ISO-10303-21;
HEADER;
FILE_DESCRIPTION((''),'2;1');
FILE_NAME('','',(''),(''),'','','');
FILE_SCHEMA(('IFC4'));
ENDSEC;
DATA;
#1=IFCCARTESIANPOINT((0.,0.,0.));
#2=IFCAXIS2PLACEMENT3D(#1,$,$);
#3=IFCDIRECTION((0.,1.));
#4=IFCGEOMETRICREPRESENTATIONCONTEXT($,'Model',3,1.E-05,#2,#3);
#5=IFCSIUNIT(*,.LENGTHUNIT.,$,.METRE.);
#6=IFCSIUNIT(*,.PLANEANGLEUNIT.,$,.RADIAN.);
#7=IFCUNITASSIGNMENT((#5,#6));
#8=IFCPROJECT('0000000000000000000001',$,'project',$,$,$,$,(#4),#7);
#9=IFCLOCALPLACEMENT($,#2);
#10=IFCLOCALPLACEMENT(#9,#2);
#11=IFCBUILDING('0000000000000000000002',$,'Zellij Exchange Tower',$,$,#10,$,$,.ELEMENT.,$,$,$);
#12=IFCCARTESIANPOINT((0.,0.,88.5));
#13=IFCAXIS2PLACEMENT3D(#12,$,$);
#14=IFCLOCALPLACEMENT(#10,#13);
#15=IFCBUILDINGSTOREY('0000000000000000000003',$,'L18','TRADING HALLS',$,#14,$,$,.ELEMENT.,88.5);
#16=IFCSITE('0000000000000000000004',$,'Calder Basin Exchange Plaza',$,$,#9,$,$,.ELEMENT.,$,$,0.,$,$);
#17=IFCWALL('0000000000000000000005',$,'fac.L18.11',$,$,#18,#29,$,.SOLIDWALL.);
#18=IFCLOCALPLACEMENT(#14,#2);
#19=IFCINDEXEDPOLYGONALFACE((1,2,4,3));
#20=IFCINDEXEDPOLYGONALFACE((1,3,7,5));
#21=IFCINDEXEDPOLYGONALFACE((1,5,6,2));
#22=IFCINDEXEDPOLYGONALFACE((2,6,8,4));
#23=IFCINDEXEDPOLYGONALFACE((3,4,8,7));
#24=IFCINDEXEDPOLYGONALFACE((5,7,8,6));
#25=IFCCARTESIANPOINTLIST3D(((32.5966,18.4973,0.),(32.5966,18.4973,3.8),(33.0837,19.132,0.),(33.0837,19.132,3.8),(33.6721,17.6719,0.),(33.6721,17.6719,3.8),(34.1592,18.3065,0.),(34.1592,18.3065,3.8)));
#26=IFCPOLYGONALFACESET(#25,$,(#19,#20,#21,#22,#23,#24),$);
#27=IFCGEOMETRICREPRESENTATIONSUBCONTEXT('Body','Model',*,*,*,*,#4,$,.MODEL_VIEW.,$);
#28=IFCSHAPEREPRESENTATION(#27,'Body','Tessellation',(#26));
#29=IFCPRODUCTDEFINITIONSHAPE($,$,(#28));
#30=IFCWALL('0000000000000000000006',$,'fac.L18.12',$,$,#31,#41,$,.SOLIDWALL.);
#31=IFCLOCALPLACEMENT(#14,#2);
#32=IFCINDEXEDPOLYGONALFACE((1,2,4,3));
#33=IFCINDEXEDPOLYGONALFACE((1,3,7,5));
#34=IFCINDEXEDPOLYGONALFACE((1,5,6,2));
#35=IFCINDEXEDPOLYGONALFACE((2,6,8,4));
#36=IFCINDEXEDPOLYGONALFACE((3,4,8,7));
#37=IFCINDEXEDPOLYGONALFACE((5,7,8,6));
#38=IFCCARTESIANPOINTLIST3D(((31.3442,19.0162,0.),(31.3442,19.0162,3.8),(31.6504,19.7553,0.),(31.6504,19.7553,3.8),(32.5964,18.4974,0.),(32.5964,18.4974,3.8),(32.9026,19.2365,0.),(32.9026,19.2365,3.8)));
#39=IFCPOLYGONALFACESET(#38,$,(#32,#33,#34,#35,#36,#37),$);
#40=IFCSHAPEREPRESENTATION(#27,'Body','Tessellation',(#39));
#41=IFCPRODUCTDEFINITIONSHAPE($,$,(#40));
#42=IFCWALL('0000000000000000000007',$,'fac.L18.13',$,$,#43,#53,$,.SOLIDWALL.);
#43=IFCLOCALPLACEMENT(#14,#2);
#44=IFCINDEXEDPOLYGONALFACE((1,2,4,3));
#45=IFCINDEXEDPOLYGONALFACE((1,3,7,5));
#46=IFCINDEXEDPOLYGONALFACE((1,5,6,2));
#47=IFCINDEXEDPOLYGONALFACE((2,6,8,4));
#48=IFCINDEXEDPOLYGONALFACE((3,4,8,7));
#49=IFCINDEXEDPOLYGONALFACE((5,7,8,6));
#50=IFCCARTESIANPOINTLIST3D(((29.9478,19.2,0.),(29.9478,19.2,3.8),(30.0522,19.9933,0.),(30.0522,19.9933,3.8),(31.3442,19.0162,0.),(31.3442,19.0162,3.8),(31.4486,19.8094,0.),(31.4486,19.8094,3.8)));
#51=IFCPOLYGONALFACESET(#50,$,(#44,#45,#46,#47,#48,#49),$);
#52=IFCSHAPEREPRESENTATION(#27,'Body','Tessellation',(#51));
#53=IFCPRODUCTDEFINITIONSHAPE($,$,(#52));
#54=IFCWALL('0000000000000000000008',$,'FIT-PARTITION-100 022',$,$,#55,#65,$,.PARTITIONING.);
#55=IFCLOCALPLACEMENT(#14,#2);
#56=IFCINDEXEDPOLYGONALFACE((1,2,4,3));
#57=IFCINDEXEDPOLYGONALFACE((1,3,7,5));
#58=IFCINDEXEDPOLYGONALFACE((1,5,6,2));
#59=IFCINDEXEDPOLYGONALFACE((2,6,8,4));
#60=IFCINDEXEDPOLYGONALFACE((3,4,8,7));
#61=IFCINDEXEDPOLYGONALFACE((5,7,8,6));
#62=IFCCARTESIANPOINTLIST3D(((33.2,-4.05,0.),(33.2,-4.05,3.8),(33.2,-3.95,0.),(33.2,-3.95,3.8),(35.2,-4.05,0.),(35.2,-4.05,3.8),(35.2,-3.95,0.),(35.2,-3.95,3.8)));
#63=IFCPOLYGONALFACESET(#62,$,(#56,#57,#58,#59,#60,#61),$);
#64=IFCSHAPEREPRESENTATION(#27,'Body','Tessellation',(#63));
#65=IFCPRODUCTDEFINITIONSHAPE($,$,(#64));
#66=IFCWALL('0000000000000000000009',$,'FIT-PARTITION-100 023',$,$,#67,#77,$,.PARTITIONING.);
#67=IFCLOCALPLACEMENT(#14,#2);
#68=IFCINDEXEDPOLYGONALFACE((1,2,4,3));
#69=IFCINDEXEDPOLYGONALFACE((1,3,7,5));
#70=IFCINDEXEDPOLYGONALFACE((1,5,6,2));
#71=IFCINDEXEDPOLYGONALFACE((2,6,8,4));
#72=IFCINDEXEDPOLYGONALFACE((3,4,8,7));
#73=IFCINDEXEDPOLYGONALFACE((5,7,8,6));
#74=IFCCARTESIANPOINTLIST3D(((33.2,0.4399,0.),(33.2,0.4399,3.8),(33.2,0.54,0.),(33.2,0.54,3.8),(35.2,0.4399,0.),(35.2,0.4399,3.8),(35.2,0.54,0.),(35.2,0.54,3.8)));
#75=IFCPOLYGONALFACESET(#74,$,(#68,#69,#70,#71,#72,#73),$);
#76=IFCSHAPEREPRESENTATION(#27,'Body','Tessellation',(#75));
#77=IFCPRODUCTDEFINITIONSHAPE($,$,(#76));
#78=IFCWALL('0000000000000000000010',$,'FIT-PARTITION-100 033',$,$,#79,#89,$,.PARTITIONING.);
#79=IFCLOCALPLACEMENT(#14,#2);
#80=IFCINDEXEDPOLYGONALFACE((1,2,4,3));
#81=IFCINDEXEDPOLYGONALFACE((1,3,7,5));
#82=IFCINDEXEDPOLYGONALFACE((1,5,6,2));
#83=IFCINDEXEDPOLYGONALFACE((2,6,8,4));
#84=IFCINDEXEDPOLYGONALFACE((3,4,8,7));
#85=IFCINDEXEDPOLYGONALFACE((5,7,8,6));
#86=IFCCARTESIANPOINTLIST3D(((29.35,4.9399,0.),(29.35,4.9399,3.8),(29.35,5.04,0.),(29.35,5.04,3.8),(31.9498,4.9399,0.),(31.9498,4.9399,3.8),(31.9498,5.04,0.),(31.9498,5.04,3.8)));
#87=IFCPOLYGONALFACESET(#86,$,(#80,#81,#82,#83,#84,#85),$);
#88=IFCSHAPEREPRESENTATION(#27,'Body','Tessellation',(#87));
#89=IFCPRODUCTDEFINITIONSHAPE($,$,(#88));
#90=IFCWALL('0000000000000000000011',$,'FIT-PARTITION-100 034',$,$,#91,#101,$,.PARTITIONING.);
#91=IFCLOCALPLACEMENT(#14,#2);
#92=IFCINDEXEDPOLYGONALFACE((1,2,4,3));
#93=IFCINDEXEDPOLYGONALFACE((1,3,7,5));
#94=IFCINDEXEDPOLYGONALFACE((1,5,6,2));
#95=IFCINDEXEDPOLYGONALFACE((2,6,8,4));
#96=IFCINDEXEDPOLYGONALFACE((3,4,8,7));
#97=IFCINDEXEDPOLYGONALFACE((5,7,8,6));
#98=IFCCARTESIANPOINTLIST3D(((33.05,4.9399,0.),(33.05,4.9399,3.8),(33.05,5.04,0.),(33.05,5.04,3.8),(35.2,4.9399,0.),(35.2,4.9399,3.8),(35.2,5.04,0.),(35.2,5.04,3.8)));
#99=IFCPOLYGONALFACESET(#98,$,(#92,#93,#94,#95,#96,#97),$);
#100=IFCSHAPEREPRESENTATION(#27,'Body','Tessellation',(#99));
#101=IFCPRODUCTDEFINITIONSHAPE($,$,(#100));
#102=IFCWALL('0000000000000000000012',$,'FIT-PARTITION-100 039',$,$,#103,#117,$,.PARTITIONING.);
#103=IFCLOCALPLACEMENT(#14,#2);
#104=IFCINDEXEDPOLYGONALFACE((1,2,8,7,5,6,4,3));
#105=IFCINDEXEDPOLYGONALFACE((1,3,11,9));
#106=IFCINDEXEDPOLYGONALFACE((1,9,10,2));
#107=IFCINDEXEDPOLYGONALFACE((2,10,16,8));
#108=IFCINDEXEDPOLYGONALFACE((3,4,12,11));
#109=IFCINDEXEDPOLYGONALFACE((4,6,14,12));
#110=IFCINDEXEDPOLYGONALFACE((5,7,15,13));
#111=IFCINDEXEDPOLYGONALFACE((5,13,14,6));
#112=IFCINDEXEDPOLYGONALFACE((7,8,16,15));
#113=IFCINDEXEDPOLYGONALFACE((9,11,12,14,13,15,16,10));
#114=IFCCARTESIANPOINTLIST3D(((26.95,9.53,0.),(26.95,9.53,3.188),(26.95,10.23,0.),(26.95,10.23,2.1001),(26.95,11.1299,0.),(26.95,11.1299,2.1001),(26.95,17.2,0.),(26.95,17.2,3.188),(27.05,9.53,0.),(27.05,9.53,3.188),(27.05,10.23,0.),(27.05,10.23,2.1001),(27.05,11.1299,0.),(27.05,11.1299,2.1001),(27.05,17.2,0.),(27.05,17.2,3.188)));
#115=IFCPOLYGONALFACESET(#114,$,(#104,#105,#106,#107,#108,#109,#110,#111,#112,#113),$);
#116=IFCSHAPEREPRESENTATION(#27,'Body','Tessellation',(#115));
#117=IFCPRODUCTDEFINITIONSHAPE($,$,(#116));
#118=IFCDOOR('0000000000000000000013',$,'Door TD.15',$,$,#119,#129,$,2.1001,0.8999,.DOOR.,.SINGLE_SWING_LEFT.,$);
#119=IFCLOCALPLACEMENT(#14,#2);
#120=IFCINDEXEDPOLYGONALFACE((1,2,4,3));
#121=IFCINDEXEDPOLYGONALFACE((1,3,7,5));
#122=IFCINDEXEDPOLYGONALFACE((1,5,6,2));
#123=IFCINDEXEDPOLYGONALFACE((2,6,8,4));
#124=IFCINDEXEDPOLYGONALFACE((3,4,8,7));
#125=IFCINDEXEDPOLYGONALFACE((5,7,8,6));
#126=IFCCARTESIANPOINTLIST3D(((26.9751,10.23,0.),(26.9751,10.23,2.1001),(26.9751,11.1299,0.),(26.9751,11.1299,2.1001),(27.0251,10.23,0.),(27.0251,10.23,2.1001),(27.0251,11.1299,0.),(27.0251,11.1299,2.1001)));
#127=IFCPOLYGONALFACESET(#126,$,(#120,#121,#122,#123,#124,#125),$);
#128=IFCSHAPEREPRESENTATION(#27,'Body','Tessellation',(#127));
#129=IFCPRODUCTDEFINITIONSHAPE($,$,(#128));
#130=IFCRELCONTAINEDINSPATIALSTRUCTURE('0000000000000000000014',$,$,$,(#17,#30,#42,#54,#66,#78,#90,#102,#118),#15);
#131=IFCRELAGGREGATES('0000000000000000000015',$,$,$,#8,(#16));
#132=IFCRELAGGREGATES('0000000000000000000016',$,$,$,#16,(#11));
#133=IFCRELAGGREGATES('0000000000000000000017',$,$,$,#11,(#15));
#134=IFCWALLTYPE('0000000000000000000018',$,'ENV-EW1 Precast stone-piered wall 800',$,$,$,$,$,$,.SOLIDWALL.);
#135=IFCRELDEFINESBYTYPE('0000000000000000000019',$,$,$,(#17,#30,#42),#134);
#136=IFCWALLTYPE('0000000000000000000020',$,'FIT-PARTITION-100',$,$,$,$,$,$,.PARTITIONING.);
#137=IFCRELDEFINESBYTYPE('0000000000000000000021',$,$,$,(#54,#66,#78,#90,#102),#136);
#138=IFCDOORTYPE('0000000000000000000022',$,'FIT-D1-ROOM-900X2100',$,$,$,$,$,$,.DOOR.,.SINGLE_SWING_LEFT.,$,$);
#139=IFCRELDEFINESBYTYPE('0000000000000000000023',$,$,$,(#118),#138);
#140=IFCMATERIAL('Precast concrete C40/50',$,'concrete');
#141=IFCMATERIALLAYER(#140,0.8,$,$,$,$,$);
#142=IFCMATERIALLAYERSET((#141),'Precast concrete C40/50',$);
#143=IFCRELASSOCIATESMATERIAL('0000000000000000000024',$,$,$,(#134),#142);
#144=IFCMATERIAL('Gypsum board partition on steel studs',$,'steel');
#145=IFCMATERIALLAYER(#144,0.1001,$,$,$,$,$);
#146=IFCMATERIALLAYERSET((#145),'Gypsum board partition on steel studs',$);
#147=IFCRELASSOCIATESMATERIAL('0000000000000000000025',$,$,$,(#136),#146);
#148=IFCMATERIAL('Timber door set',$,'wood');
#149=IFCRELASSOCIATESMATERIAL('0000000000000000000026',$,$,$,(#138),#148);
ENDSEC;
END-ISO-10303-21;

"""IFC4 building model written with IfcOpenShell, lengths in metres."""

from ifc_helpers import new_model, si_unit, direction, frame, frame_2d, origin, place, context, subcontext, project, spatial, rectangle, extrude, material, layer, layer_set, type_object, element, fill, save


model = new_model("IFC4")

# Units and contexts
model_context = context("Model", 3, precision=1e-05, world=origin(), true_north=direction((0.0, 1.0)))
body_context = subcontext(model_context, "Body", "Model", "MODEL_VIEW")
ifc_project = project(units=[si_unit("LENGTHUNIT", "METRE"), si_unit("PLANEANGLEUNIT", "RADIAN")], contexts=[model_context])

# Site, building, storey
site_placement = place(None, origin())
site = spatial("IfcSite", under=ifc_project, at=site_placement, Name="Calder Basin Exchange Plaza", CompositionType="ELEMENT", RefElevation=0.0)
building_placement = place(site_placement, origin())
building = spatial("IfcBuilding", under=site, at=building_placement, Name="Zellij Exchange Tower", CompositionType="ELEMENT")
storey_placement = place(building_placement, frame((0.0, 0.0, 88.5)))
storey = spatial("IfcBuildingStorey", under=building, at=storey_placement, Name="L18", Description="TRADING HALLS", CompositionType="ELEMENT", Elevation=88.5)

# Walls
ifc_material_1 = material(Name="Precast concrete C40/50", Category="concrete")
ifc_layer_1 = layer(ifc_material_1, 0.8)
ifc_layer_set_1 = layer_set([ifc_layer_1], Name="Precast concrete C40/50")
wall_type_1 = type_object("IfcWallType", Name="ENV-EW1 Precast stone-piered wall 800", PredefinedType="SOLIDWALL", material=ifc_layer_set_1)
for number, where, z_axis, x_axis, name in (
    (1, (33.9155, 17.9893, 0.0), (0.0, 0.0, 1.0), (-0.793273, 0.608866, 0.0), "fac.L18.11"),
):
    element("IfcWall", number, at=place(storey_placement, frame(where, z_axis=z_axis, x_axis=x_axis)), inside=storey, type_object=wall_type_1, Name=name, PredefinedType="SOLIDWALL", context=body_context, shape_type="SweptSolid", body=[
        extrude(rectangle(XDim=1.3557, YDim=0.8, at=frame_2d((0.6777, 0.0))), origin(), (0.0, 0.0, 1.0), 3.8),
    ])
wall_1_placement = place(storey_placement, frame((32.7495, 18.8669, 0.0), z_axis=(0.0, 0.0, 1.0), x_axis=(-0.923848, 0.38276, 0.0)))
element("IfcWall", 2, at=wall_1_placement, inside=storey, type_object=wall_type_1, Name="fac.L18.12", PredefinedType="SOLIDWALL", context=body_context, shape_type="SweptSolid", body=[
    extrude(rectangle(XDim=1.3555, YDim=0.8, at=frame_2d((0.6777, 0.0))), origin(), (0.0, 0.0, 1.0), 3.8),
])
wall_2_placement = place(storey_placement, frame((31.3962, 19.4128, 0.0), z_axis=(0.0, 0.0, 1.0), x_axis=(-0.991446, 0.130517, 0.0)))
element("IfcWall", 3, at=wall_2_placement, inside=storey, type_object=wall_type_1, Name="fac.L18.13", PredefinedType="SOLIDWALL", context=body_context, shape_type="SweptSolid", body=[
    extrude(rectangle(XDim=1.4084, YDim=0.8, at=frame_2d((0.7041, 0.0))), origin(), (0.0, 0.0, 1.0), 3.8),
])
ifc_material_2 = material(Name="Gypsum board partition on steel studs", Category="steel")
ifc_layer_2 = layer(ifc_material_2, 0.1001)
ifc_layer_set_2 = layer_set([ifc_layer_2], Name="Gypsum board partition on steel studs")
wall_type_2 = type_object("IfcWallType", Name="FIT-PARTITION-100", PredefinedType="PARTITIONING", material=ifc_layer_set_2)
for number, where, z_axis, x_axis, name in (
    (4, (33.2, -4.0, 0.0), (0.0, 0.0, 1.0), (1.0, 0.0, 0.0), "FIT-PARTITION-100 022"),
    (5, (33.2, 0.49, 0.0), (0.0, 0.0, 1.0), (1.0, 0.0, 0.0), "FIT-PARTITION-100 023"),
):
    element("IfcWall", number, at=place(storey_placement, frame(where, z_axis=z_axis, x_axis=x_axis)), inside=storey, type_object=wall_type_2, Name=name, PredefinedType="PARTITIONING", context=body_context, shape_type="SweptSolid", body=[
        extrude(rectangle(XDim=2.0, YDim=0.1001, at=frame_2d((1.0, 0.0))), origin(), (0.0, 0.0, 1.0), 3.8),
    ])
wall_3_placement = place(storey_placement, frame((29.3501, 4.99, 0.0), z_axis=(0.0, 0.0, 1.0), x_axis=(1.0, 0.0, 0.0)))
element("IfcWall", 6, at=wall_3_placement, inside=storey, type_object=wall_type_2, Name="FIT-PARTITION-100 033", PredefinedType="PARTITIONING", context=body_context, shape_type="SweptSolid", body=[
    extrude(rectangle(XDim=2.5999, YDim=0.1001, at=frame_2d((1.2998, 0.0))), origin(), (0.0, 0.0, 1.0), 3.8),
])
wall_4_placement = place(storey_placement, frame((33.05, 4.99, 0.0), z_axis=(0.0, 0.0, 1.0), x_axis=(1.0, 0.0, 0.0)))
element("IfcWall", 7, at=wall_4_placement, inside=storey, type_object=wall_type_2, Name="FIT-PARTITION-100 034", PredefinedType="PARTITIONING", context=body_context, shape_type="SweptSolid", body=[
    extrude(rectangle(XDim=2.1499, YDim=0.1001, at=frame_2d((1.075, 0.0))), origin(), (0.0, 0.0, 1.0), 3.8),
])

# Wall, opening, door
wall_5_placement = place(storey_placement, frame((27.0, 9.53, 0.0), z_axis=(0.0, 0.0, 1.0), x_axis=(0.0, 1.0, 0.0)))
wall_5 = element("IfcWall", 8, at=wall_5_placement, inside=storey, type_object=wall_type_2, Name="FIT-PARTITION-100 039", PredefinedType="PARTITIONING", context=body_context, shape_type="SweptSolid", body=[
    extrude(rectangle(XDim=7.6699, YDim=0.1001, at=frame_2d((3.835, 0.0))), origin(), (0.0, 0.0, 1.0), 3.188),
])
opening_placement = place(wall_5_placement, frame((0.7, 0.0, 0.0)))
opening = element("IfcOpeningElement", 9, at=opening_placement, cuts=wall_5, PredefinedType="OPENING", context=body_context, shape_type="SweptSolid", body=[
    extrude(rectangle(XDim=0.8999, YDim=2.1001, at=frame_2d((0.45, 1.05))), frame((0.0, 0.062, 0.0), z_axis=(0.0, -1.0, 0.0), x_axis=(1.0, 0.0, 0.0)), (0.0, 0.0, 1.0), 0.124),
])
ifc_material_3 = material(Name="Timber door set", Category="wood")
door_type = type_object("IfcDoorType", Name="FIT-D1-ROOM-900X2100", OperationType="SINGLE_SWING_LEFT", PredefinedType="DOOR", material=ifc_material_3)
door_placement = place(opening_placement, origin())
door = element("IfcDoor", 10, at=door_placement, inside=storey, type_object=door_type, Name="Door TD.15", OperationType="SINGLE_SWING_LEFT", OverallHeight=2.1001, OverallWidth=0.8999, PredefinedType="DOOR", context=body_context, shape_type="SweptSolid", body=[
    extrude(rectangle(XDim=0.8999, YDim=2.1001, at=frame_2d((0.45, 1.05))), frame((0.0, 0.0249, 0.0), z_axis=(0.0, -1.0, 0.0), x_axis=(1.0, 0.0, 0.0)), (0.0, 0.0, 1.0), 0.05),
])
fill(opening, door)

save(model, "model.ifc")
